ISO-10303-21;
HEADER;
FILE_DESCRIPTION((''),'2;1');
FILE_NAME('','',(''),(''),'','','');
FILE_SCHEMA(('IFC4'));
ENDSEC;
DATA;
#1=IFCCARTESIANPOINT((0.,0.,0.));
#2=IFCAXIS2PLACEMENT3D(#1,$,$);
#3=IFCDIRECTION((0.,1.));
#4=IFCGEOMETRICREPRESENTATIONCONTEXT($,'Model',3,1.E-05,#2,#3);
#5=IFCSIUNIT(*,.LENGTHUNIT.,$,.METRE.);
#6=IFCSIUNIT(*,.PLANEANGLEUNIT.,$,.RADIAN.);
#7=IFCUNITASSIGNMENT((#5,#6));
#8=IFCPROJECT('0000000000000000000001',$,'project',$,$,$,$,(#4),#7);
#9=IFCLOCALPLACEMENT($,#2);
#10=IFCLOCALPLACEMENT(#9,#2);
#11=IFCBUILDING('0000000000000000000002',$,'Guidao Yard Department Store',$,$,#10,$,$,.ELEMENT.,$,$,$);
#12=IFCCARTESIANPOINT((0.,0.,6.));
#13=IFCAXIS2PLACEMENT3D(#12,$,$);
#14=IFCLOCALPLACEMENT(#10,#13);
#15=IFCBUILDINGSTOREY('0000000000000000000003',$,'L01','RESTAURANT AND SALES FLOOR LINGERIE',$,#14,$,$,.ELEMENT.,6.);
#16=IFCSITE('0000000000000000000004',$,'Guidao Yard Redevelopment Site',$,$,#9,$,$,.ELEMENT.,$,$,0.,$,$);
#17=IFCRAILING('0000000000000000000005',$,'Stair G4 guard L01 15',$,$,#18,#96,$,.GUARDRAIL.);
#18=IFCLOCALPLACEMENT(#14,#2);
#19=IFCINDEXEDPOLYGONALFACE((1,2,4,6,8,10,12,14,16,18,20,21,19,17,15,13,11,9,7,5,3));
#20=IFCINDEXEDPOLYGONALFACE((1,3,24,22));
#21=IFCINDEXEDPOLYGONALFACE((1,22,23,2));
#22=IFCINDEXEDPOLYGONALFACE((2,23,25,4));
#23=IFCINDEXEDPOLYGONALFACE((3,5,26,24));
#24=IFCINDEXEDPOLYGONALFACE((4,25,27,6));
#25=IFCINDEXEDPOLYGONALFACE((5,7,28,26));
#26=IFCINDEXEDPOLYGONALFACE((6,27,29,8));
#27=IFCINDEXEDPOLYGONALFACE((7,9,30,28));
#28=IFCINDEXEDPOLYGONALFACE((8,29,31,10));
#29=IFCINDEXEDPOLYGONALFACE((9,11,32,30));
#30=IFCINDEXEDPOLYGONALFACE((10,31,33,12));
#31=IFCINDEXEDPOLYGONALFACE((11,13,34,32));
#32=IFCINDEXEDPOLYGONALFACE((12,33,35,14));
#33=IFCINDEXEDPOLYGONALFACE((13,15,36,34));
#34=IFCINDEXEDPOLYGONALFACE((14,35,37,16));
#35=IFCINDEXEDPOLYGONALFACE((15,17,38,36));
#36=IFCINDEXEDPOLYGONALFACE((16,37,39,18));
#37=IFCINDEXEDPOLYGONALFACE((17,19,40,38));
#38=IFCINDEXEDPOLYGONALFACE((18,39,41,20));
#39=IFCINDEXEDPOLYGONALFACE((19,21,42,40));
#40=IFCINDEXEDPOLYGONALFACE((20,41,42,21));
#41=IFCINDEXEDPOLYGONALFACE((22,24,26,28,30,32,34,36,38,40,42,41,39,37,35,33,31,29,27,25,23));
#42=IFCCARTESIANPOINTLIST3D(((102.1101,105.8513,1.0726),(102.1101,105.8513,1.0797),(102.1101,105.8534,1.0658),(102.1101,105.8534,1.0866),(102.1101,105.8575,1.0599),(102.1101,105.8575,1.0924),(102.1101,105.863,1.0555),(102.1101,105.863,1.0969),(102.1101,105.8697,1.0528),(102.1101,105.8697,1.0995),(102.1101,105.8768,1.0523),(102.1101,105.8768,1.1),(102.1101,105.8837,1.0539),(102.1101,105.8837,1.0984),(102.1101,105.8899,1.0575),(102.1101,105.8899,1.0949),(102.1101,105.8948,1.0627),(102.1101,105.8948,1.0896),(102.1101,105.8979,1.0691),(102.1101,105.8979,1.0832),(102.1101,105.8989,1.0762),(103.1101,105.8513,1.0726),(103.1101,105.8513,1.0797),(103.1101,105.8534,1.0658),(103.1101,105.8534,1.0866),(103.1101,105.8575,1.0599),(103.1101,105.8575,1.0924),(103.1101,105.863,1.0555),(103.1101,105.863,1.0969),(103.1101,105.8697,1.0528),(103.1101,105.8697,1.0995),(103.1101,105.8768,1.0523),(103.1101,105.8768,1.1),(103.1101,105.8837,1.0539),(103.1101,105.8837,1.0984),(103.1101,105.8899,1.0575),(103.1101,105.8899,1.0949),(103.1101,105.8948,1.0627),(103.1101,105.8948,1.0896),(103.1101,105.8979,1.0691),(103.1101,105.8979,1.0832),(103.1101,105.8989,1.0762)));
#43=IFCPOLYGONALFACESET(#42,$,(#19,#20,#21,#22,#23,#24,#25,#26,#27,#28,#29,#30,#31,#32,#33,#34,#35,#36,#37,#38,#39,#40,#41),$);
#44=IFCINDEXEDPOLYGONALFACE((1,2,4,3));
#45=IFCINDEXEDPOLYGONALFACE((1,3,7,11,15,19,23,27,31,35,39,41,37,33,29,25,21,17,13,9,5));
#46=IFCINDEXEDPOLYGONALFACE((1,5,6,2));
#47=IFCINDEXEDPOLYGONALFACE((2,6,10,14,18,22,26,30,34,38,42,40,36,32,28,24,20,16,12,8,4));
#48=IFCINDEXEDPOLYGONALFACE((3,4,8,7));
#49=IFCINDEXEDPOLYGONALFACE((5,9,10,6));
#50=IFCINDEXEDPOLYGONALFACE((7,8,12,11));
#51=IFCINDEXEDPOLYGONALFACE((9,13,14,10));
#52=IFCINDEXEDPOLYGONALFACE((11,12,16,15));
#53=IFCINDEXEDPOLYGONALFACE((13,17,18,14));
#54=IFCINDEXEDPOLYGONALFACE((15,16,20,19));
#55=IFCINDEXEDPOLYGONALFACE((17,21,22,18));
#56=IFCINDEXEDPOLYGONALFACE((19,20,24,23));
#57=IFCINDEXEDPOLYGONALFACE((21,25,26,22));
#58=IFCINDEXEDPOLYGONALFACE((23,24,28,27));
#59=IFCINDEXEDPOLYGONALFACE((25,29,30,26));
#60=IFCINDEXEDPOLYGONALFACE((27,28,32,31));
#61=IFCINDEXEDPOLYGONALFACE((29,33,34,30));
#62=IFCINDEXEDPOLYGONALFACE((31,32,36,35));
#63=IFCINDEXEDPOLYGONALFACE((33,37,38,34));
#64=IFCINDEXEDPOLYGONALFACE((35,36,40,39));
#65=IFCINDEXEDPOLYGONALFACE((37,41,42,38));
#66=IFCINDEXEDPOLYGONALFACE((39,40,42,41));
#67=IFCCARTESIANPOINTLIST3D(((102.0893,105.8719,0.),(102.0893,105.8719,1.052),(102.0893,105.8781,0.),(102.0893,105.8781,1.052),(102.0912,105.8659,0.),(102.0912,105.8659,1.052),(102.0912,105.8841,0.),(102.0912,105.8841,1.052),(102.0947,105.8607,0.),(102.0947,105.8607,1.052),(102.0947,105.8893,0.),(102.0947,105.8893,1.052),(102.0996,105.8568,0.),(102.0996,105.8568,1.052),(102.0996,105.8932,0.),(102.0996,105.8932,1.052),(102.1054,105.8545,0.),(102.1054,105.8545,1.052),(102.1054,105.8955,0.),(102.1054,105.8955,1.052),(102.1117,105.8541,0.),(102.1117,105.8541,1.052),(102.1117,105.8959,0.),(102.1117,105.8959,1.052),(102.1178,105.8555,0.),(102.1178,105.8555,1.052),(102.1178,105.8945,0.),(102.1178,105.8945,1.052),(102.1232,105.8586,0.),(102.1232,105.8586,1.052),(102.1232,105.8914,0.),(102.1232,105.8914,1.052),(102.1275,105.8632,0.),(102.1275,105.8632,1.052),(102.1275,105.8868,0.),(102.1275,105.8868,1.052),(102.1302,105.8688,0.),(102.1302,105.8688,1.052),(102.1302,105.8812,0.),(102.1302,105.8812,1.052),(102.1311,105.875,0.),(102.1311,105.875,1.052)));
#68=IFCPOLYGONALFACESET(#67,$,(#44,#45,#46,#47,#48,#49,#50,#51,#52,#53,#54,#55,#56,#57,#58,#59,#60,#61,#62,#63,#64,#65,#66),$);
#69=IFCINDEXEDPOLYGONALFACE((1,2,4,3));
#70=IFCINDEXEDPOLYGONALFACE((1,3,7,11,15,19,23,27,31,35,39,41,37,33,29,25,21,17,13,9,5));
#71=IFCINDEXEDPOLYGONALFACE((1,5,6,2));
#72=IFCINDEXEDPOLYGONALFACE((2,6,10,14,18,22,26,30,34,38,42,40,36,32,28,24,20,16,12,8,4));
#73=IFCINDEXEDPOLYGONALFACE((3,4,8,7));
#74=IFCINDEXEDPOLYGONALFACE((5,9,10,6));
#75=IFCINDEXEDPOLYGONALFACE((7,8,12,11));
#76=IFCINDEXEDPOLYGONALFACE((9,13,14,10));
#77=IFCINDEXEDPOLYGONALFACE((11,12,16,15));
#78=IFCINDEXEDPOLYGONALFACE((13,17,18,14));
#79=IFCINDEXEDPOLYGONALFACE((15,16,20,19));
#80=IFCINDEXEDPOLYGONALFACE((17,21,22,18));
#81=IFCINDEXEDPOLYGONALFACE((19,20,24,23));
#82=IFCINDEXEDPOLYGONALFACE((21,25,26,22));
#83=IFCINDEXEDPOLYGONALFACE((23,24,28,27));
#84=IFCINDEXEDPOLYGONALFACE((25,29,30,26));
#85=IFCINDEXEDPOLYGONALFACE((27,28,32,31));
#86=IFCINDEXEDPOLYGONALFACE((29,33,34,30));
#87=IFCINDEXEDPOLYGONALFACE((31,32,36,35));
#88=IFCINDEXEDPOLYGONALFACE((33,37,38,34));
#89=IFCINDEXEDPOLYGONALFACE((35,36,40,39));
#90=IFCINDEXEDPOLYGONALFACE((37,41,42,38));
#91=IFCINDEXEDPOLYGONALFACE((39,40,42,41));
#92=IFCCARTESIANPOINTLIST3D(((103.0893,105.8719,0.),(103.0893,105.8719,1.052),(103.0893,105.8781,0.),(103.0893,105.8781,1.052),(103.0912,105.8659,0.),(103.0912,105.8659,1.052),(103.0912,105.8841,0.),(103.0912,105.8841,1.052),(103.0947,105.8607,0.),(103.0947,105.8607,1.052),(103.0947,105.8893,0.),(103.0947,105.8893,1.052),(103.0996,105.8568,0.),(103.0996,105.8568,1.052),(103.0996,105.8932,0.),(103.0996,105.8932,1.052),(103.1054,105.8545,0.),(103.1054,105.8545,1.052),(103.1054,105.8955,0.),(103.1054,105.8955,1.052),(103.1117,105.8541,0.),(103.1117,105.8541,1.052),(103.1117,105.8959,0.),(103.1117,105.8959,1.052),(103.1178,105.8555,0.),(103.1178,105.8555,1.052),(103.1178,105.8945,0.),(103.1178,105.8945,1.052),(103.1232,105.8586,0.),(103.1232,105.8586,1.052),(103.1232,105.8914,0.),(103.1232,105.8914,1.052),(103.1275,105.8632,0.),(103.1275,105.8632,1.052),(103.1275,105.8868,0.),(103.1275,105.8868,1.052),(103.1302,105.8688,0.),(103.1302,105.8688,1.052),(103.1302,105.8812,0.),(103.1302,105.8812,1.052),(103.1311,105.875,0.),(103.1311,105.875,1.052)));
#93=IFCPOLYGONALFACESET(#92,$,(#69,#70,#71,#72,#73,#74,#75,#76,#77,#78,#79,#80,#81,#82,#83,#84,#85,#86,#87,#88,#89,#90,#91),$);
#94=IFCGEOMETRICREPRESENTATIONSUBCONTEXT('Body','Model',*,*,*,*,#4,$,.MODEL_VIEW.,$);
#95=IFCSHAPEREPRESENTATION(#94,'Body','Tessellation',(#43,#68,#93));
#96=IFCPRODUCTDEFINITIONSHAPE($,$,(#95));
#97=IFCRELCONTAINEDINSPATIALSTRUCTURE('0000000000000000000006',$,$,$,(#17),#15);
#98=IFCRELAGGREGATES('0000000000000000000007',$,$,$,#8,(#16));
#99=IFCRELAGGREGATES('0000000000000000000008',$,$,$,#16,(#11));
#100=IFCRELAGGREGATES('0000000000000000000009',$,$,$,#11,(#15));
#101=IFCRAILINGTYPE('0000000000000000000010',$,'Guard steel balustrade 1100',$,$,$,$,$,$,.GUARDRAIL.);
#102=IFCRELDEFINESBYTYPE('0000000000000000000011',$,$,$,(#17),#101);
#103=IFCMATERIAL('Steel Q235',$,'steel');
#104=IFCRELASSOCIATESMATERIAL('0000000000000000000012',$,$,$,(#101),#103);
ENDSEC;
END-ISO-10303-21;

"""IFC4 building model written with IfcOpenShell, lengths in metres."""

from ifc_helpers import new_model, si_unit, direction, frame, origin, origin_2d, place, context, subcontext, project, spatial, circle, extrude, material, type_object, element, save


model = new_model("IFC4")

# Units and contexts
model_context = context("Model", 3, precision=1e-05, world=origin(), true_north=direction((0.0, 1.0)))
body_context = subcontext(model_context, "Body", "Model", "MODEL_VIEW")
ifc_project = project(units=[si_unit("LENGTHUNIT", "METRE"), si_unit("PLANEANGLEUNIT", "RADIAN")], contexts=[model_context])

# Site, building, storey
site_placement = place(None, origin())
site = spatial("IfcSite", under=ifc_project, at=site_placement, Name="Guidao Yard Redevelopment Site", CompositionType="ELEMENT", RefElevation=0.0)
building_placement = place(site_placement, origin())
building = spatial("IfcBuilding", under=site, at=building_placement, Name="Guidao Yard Department Store", CompositionType="ELEMENT")
storey_placement = place(building_placement, frame((0.0, 0.0, 6.0)))
storey = spatial("IfcBuildingStorey", under=building, at=storey_placement, Name="L01", Description="RESTAURANT AND SALES FLOOR LINGERIE", CompositionType="ELEMENT", Elevation=6.0)

# Railing
ifc_material_1 = material(Name="Steel Q235", Category="steel")
railing_type_1 = type_object("IfcRailingType", Name="Guard steel balustrade 1100", PredefinedType="GUARDRAIL", material=ifc_material_1)
railing_placement = place(storey_placement, frame((102.1101, 105.875, 0.0)))
element("IfcRailing", 1, at=railing_placement, inside=storey, type_object=railing_type_1, Name="Stair G4 guard L01 15", PredefinedType="GUARDRAIL", context=body_context, shape_type="SweptSolid", body=[
    extrude(circle(Radius=0.0239, at=origin_2d()), frame((0.0, 0.0, 1.0762), z_axis=(1.0, 0.0, 0.0), x_axis=(0.0, 1.0, 0.0)), (0.0, 0.0, 1.0), 1.0),
    extrude(circle(Radius=0.021, at=origin_2d()), origin(), (0.0, 0.0, 1.0), 1.052),
    extrude(circle(Radius=0.021, at=origin_2d()), frame((1.0, 0.0, 0.0)), (0.0, 0.0, 1.0), 1.052),
])

save(model, "model.ifc")
